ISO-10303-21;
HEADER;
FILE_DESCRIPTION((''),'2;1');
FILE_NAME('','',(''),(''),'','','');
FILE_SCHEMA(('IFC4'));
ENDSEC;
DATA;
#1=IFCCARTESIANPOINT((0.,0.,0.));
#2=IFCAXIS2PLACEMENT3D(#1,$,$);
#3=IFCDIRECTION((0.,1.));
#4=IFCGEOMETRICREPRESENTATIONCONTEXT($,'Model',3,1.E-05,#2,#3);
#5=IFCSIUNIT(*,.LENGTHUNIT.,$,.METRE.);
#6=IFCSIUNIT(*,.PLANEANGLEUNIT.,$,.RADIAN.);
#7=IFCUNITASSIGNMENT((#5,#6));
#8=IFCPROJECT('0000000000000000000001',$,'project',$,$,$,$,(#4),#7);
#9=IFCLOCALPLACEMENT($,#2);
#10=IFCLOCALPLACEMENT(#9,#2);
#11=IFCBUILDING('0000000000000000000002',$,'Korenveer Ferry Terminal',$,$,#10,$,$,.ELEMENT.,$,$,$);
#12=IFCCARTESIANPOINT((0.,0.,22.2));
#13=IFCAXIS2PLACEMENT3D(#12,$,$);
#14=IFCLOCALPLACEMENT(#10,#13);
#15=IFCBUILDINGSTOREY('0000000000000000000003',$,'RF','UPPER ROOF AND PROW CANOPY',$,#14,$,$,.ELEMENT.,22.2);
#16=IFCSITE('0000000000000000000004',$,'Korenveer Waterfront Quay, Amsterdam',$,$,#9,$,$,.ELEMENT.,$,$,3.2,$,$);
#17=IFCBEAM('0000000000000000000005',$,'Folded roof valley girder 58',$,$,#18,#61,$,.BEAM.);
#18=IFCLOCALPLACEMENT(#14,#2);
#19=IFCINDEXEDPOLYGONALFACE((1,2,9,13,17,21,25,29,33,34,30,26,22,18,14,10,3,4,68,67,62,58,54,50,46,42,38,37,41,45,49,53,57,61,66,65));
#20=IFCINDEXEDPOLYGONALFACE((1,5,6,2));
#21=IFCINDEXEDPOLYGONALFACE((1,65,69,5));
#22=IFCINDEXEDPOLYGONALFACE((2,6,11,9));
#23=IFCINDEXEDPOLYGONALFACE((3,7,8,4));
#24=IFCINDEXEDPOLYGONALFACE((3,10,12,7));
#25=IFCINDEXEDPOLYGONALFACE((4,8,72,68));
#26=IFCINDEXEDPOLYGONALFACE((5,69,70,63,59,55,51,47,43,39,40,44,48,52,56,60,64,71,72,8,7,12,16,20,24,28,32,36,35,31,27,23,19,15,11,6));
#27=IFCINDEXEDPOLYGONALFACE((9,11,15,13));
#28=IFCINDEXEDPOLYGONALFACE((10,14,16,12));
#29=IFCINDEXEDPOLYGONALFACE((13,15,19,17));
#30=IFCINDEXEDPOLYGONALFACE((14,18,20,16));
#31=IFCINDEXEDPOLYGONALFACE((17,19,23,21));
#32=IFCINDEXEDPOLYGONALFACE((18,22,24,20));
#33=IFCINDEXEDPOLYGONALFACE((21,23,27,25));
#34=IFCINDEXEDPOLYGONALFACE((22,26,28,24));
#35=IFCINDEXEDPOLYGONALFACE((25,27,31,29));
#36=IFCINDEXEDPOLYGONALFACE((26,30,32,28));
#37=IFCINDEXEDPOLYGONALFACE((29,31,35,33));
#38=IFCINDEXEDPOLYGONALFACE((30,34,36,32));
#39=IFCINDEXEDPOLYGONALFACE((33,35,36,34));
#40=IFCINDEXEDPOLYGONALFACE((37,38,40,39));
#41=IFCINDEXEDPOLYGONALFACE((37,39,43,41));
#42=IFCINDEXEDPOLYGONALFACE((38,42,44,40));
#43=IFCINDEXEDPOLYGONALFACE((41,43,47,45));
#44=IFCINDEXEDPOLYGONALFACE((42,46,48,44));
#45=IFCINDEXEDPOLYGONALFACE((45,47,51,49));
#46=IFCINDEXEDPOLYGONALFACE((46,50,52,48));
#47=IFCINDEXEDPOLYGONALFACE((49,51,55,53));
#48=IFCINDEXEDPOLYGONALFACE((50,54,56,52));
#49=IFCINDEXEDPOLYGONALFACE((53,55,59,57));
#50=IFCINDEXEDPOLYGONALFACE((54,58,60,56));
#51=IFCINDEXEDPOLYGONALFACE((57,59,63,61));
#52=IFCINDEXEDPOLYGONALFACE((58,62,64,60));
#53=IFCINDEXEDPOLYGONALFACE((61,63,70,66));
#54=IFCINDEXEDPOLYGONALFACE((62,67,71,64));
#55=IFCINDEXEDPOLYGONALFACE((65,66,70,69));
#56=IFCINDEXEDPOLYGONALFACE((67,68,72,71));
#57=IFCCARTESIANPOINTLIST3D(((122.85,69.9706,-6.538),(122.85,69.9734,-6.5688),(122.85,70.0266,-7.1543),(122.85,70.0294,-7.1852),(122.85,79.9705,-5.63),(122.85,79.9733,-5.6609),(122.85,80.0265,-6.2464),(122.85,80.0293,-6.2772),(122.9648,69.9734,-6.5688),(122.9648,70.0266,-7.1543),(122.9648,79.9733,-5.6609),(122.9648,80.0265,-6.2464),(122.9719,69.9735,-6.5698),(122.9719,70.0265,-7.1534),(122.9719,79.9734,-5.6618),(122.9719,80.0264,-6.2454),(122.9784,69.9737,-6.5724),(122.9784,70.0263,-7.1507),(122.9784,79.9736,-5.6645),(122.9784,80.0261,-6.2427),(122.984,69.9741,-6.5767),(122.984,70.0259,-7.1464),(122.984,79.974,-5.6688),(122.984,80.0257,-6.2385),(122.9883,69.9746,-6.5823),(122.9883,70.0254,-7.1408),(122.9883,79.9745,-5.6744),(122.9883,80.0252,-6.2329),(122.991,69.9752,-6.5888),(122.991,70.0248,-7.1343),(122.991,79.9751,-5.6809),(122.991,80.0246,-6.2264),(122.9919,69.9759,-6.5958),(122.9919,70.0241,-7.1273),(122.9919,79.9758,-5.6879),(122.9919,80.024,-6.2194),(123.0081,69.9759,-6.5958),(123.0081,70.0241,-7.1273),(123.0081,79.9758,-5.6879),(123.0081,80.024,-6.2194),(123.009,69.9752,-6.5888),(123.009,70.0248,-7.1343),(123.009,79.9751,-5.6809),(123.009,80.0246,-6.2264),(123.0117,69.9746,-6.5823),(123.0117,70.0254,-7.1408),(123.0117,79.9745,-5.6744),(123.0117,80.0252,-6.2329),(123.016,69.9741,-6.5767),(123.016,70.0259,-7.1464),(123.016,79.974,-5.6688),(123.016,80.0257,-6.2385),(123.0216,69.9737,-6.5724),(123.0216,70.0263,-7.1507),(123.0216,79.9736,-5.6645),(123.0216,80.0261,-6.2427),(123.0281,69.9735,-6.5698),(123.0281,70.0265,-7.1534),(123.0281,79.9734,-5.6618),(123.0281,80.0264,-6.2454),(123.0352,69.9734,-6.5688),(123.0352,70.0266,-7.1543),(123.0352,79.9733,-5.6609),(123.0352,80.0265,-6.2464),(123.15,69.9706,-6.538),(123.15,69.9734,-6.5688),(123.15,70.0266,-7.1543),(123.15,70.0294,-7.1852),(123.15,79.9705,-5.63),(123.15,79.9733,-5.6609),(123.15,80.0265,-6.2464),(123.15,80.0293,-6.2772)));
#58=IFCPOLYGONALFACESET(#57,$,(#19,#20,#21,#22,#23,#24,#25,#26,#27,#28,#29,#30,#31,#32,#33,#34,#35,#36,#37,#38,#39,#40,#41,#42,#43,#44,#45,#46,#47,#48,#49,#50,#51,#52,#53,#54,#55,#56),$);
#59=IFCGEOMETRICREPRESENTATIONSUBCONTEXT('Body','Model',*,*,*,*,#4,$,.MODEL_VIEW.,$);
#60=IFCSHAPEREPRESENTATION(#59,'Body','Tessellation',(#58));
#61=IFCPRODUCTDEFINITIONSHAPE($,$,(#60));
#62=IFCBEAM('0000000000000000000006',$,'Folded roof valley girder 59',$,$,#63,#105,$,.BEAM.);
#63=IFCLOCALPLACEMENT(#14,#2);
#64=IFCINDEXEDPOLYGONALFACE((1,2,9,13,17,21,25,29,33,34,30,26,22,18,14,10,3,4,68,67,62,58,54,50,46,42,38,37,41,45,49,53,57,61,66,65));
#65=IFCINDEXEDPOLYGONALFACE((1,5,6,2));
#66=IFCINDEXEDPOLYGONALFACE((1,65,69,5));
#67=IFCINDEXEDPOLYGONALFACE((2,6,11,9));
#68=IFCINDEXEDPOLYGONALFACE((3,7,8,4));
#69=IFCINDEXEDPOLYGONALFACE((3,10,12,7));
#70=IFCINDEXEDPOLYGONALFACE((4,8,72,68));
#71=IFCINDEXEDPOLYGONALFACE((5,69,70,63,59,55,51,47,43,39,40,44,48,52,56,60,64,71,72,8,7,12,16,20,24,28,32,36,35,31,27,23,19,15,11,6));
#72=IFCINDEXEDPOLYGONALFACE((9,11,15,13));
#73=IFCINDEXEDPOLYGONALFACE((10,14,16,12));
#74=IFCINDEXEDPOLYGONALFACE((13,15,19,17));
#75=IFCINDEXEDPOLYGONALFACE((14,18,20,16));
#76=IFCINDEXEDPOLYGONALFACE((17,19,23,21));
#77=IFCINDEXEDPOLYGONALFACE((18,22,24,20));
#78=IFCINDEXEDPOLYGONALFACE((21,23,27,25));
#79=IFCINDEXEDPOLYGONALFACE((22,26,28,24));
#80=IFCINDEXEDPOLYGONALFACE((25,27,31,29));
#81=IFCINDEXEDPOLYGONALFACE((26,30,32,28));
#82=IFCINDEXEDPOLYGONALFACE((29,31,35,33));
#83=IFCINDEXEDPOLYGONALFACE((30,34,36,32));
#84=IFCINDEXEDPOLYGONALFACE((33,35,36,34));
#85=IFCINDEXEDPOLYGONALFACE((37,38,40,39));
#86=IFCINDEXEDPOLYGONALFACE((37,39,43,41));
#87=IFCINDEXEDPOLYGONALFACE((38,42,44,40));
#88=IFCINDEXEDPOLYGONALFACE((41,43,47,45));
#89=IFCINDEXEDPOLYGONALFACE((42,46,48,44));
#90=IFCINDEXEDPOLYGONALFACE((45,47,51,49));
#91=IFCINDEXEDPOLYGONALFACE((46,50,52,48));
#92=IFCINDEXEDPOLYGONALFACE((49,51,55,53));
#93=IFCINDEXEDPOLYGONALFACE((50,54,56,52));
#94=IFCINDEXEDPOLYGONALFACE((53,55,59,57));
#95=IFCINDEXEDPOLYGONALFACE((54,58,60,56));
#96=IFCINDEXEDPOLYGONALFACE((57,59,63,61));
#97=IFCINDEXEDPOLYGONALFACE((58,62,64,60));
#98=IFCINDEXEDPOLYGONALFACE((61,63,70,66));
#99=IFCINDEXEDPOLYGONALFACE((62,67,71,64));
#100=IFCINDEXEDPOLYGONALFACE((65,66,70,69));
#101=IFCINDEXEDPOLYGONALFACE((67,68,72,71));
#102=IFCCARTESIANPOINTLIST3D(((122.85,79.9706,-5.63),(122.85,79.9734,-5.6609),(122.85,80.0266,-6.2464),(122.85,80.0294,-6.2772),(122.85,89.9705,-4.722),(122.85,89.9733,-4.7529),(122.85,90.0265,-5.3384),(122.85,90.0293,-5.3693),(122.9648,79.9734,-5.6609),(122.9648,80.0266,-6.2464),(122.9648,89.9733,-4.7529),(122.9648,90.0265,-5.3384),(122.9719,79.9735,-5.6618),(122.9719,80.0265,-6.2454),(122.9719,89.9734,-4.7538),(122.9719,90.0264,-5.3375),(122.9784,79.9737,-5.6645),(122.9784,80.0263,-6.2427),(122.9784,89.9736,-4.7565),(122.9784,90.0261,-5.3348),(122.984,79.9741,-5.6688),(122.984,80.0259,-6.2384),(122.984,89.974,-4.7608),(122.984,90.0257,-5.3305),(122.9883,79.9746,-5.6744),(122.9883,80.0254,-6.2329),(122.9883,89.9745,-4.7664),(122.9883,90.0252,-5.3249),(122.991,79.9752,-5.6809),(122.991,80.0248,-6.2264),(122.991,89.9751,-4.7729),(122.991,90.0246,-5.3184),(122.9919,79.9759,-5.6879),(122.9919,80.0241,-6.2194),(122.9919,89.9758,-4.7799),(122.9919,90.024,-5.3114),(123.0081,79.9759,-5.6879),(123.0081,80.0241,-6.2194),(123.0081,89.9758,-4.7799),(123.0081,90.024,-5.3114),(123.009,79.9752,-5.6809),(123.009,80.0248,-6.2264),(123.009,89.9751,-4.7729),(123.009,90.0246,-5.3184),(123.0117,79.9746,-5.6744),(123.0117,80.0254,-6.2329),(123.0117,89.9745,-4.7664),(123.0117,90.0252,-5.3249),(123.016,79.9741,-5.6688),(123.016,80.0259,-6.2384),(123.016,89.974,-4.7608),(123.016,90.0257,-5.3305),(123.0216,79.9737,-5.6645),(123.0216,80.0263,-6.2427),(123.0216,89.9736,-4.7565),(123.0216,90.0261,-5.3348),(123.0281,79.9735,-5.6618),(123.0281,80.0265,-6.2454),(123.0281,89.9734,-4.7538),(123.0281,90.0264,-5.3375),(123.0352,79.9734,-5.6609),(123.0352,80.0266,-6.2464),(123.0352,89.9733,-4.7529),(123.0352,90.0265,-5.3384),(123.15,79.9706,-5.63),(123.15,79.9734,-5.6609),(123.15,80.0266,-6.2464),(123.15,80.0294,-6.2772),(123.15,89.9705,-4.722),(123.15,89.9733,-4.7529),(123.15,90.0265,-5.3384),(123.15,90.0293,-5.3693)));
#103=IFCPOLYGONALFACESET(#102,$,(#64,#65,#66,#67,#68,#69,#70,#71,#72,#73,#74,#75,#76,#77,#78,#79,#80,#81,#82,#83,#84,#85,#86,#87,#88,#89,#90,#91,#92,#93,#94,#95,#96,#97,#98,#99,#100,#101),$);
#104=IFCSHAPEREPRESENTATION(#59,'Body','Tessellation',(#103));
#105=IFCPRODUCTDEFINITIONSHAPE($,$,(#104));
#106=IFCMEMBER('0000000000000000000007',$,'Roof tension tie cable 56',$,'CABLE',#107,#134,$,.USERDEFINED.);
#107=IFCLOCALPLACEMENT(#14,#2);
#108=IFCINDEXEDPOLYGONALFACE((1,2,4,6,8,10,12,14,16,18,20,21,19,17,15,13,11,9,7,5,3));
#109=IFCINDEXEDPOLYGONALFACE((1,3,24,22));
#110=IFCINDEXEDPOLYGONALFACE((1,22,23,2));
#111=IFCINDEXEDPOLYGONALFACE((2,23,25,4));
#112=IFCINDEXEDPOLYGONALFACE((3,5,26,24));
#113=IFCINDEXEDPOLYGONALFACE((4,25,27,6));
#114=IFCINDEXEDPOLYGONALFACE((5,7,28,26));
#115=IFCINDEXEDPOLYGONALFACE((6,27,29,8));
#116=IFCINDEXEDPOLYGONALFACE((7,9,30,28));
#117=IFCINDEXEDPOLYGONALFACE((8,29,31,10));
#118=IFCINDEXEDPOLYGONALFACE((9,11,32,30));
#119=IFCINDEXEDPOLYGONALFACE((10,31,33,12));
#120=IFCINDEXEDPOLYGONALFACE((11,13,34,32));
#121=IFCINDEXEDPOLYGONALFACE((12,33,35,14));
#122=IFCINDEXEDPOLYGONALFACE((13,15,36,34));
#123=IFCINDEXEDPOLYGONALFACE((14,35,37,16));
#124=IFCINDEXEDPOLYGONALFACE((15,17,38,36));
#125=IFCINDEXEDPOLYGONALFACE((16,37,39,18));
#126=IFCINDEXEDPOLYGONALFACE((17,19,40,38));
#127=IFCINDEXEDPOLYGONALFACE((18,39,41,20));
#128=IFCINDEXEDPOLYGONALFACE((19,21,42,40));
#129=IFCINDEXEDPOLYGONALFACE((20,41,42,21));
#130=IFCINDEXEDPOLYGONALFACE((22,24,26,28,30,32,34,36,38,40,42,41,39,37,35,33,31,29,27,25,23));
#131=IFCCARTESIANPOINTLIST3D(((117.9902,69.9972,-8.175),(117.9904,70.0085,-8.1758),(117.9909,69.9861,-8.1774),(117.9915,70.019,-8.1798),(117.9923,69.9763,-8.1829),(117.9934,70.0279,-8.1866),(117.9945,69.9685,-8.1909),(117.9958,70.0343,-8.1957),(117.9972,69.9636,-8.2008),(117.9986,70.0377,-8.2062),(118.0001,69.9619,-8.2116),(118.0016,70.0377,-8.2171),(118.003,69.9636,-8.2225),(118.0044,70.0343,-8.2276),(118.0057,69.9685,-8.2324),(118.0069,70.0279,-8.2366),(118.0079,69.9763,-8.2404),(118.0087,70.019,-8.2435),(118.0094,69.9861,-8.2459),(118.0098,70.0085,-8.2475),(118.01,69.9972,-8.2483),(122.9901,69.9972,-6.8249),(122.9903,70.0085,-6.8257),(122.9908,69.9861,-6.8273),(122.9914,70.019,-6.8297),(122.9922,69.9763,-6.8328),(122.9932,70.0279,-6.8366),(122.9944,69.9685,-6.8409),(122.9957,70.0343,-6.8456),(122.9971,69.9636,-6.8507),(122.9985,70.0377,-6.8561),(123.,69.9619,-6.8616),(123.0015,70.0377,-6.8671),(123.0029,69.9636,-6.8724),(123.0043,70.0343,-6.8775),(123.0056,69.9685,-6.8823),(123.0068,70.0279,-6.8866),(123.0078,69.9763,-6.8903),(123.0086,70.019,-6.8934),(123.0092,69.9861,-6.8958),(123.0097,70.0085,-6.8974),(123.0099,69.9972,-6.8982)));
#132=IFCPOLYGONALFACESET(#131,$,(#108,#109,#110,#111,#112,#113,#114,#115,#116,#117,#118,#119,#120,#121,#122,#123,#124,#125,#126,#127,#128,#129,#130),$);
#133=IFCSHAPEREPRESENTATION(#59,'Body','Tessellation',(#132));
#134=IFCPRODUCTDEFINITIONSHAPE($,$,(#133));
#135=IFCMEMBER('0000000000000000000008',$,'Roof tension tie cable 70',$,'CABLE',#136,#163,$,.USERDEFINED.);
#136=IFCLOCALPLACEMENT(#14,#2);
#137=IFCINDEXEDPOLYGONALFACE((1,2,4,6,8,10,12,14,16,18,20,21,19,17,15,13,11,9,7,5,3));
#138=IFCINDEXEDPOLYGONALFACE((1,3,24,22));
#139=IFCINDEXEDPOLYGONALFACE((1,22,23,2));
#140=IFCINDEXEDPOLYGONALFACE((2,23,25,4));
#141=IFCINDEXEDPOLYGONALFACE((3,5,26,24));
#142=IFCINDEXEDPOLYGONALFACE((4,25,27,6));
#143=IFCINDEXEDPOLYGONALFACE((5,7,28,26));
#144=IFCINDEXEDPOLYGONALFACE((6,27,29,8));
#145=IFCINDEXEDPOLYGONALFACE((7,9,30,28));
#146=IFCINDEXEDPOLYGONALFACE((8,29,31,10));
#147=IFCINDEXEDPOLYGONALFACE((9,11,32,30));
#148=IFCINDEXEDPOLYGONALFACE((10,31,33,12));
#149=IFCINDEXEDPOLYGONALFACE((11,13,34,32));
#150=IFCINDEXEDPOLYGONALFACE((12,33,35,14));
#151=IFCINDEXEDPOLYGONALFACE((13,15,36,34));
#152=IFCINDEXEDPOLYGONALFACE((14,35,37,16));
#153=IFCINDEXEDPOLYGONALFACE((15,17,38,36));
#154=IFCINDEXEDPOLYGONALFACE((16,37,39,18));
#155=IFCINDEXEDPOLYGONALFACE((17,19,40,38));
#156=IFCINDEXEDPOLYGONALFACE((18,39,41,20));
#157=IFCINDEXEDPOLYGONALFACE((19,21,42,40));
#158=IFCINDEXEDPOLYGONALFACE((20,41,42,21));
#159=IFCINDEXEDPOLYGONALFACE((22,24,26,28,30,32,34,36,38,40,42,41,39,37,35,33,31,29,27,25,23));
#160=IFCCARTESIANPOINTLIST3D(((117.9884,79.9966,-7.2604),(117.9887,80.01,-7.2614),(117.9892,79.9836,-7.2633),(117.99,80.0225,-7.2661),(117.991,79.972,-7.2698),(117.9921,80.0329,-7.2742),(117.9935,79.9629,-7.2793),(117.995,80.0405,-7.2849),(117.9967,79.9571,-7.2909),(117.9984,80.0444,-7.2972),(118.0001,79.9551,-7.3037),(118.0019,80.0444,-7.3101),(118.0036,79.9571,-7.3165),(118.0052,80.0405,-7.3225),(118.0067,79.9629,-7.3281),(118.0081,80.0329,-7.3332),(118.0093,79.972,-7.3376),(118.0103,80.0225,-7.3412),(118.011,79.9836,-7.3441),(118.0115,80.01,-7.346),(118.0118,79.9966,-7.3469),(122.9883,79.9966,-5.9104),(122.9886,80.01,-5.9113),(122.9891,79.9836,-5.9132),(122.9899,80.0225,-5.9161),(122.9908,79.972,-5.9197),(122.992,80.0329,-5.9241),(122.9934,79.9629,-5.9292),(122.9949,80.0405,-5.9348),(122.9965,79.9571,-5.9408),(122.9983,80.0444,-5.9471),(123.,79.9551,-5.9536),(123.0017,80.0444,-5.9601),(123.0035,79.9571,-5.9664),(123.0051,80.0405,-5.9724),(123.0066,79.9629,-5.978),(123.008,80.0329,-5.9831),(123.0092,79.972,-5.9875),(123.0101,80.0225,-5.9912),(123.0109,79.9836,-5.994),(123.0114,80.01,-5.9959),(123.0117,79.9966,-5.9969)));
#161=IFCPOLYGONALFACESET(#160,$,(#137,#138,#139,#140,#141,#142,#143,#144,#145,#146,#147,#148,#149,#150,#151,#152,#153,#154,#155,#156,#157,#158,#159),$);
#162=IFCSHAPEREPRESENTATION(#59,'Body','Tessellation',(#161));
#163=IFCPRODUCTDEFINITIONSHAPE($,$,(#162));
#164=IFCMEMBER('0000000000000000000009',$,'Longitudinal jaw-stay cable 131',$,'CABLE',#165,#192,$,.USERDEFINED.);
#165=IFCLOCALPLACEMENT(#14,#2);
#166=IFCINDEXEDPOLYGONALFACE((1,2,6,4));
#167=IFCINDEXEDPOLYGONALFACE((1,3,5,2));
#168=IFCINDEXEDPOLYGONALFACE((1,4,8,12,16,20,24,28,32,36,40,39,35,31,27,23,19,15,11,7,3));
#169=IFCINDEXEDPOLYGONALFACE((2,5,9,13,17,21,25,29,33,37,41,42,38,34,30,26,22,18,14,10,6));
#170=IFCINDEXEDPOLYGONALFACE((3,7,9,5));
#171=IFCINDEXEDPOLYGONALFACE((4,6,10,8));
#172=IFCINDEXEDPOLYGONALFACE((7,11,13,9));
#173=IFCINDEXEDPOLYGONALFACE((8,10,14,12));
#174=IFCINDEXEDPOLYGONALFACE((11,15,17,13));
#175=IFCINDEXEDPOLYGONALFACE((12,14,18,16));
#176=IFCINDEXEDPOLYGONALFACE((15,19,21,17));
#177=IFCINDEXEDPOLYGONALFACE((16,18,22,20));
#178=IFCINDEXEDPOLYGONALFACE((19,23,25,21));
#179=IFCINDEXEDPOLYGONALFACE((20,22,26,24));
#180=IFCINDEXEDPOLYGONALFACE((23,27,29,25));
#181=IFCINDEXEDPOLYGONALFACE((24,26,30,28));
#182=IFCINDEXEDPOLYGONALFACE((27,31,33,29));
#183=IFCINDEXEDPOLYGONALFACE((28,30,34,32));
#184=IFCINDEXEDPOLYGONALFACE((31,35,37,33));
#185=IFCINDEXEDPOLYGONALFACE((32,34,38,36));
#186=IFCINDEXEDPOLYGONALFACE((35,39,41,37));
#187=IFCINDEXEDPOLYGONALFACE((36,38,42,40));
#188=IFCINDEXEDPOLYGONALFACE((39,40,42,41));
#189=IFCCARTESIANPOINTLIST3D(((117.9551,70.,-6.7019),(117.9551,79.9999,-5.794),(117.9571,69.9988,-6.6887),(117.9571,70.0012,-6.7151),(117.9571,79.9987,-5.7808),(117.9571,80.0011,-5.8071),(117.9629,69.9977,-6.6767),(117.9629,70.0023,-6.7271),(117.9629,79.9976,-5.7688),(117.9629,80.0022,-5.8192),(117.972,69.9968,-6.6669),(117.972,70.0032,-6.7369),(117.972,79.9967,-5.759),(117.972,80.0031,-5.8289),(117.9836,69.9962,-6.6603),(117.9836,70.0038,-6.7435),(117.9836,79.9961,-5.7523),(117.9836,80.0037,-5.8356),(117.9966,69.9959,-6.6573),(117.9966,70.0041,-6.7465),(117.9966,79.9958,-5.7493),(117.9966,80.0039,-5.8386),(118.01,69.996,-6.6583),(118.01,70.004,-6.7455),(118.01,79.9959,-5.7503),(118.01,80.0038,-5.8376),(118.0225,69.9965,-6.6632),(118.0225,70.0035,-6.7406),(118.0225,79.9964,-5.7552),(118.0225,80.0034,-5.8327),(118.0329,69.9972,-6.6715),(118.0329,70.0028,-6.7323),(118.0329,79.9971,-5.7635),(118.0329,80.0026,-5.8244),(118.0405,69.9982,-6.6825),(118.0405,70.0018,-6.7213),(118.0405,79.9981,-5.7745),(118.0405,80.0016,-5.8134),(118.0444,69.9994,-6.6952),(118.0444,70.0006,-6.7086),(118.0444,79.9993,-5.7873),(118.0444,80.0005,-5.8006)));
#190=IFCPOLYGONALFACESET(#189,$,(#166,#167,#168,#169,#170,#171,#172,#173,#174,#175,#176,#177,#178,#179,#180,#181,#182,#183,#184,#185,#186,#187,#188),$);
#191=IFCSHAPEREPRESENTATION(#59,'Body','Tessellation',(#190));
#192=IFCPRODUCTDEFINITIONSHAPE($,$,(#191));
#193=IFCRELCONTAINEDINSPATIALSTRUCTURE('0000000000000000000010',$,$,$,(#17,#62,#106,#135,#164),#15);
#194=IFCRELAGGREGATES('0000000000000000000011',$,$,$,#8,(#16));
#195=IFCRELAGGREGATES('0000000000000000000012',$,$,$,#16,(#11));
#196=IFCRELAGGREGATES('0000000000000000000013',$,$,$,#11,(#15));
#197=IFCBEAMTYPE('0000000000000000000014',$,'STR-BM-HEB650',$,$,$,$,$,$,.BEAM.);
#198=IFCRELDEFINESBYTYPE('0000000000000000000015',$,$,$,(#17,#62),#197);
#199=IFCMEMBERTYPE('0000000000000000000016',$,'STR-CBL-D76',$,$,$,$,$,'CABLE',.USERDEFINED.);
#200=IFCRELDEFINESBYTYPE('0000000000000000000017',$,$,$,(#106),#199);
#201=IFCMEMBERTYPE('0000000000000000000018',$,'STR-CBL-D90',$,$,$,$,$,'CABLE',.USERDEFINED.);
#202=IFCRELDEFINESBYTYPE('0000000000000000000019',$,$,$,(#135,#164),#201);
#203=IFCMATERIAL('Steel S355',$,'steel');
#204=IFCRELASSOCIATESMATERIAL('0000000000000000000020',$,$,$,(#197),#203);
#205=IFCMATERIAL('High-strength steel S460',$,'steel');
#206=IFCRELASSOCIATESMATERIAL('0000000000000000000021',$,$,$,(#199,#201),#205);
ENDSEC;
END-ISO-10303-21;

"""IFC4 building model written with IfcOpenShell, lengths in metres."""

from ifc_helpers import new_model, si_unit, direction, frame, origin, origin_2d, place, context, subcontext, project, spatial, circle, i_section, extrude, material, material_profile, profile_set, type_object, element, save


model = new_model("IFC4")

# Units and contexts
model_context = context("Model", 3, precision=1e-05, world=origin(), true_north=direction((0.0, 1.0)))
body_context = subcontext(model_context, "Body", "Model", "MODEL_VIEW")
ifc_project = project(units=[si_unit("LENGTHUNIT", "METRE"), si_unit("PLANEANGLEUNIT", "RADIAN")], contexts=[model_context])

# Site, building, storey
site_placement = place(None, origin())
site = spatial("IfcSite", under=ifc_project, at=site_placement, Name="Korenveer Waterfront Quay, Amsterdam", CompositionType="ELEMENT", RefElevation=3.2)
building_placement = place(site_placement, origin())
building = spatial("IfcBuilding", under=site, at=building_placement, Name="Korenveer Ferry Terminal", CompositionType="ELEMENT")
storey_placement = place(building_placement, frame((0.0, 0.0, 22.2)))
storey = spatial("IfcBuildingStorey", under=building, at=storey_placement, Name="RF", Description="UPPER ROOF AND PROW CANOPY", CompositionType="ELEMENT", Elevation=22.2)

# Beams
ifc_material_1 = material(Name="Steel S355", Category="steel")
ifc_material_profile_1 = material_profile(ifc_material_1, i_section(OverallWidth=0.3, OverallDepth=0.6499, WebThickness=0.0161, FlangeThickness=0.031, FilletRadius=0.0271, at=origin_2d()), Name="HEB 650")
ifc_profile_set_1 = profile_set([ifc_material_profile_1], Name="Steel S355")
beam_type_1 = type_object("IfcBeamType", Name="STR-BM-HEB650", PredefinedType="BEAM", material=ifc_profile_set_1)
for number, where, z_axis, x_axis, name in (
    (1, (123.0, 70.0, -6.8616), (0.0, 0.995903, 0.090424), (-1.0, 0.0, 0.0), "Folded roof valley girder 58"),
    (2, (123.0, 80.0, -5.9536), (0.0, 0.995903, 0.090424), (-1.0, 0.0, 0.0), "Folded roof valley girder 59"),
):
    element("IfcBeam", number, at=place(storey_placement, frame(where, z_axis=z_axis, x_axis=x_axis)), inside=storey, type_object=beam_type_1, Name=name, PredefinedType="BEAM", context=body_context, shape_type="SweptSolid", body=[
        extrude(i_section(OverallWidth=0.3, OverallDepth=0.6499, WebThickness=0.0161, FlangeThickness=0.031, FilletRadius=0.0271, at=origin_2d()), origin(), (0.0, 0.0, 1.0), 10.041),
    ])

# Members
ifc_material_2 = material(Name="High-strength steel S460", Category="steel")
ifc_material_profile_2 = material_profile(ifc_material_2, circle(Radius=0.0381, at=origin_2d()), Name="ROD D76")
ifc_profile_set_2 = profile_set([ifc_material_profile_2], Name="High-strength steel S460")
member_type_1 = type_object("IfcMemberType", Name="STR-CBL-D76", ElementType="CABLE", PredefinedType="USERDEFINED", material=ifc_profile_set_2)
member_1_placement = place(storey_placement, frame((123.0, 70.0, -6.8616), z_axis=(-0.965424, 0.0, -0.260683), x_axis=(0.0, -1.0, 0.0)))
element("IfcMember", 3, at=member_1_placement, inside=storey, type_object=member_type_1, Name="Roof tension tie cable 56", ObjectType="CABLE", PredefinedType="USERDEFINED", context=body_context, shape_type="SweptSolid", body=[
    extrude(circle(Radius=0.0381, at=origin_2d()), origin(), (0.0, 0.0, 1.0), 5.179),
])
ifc_material_profile_3 = material_profile(ifc_material_2, circle(Radius=0.0449, at=origin_2d()), Name="ROD D90")
ifc_profile_set_3 = profile_set([ifc_material_profile_3], Name="High-strength steel S460")
member_type_2 = type_object("IfcMemberType", Name="STR-CBL-D90", ElementType="CABLE", PredefinedType="USERDEFINED", material=ifc_profile_set_3)
member_2_placement = place(storey_placement, frame((123.0, 80.0, -5.9536), z_axis=(-0.965424, 0.0, -0.260683), x_axis=(0.0, -1.0, 0.0)))
element("IfcMember", 4, at=member_2_placement, inside=storey, type_object=member_type_2, Name="Roof tension tie cable 70", ObjectType="CABLE", PredefinedType="USERDEFINED", context=body_context, shape_type="SweptSolid", body=[
    extrude(circle(Radius=0.0449, at=origin_2d()), origin(), (0.0, 0.0, 1.0), 5.179),
])
for number, where, z_axis, x_axis, name in (
    (5, (118.0, 70.0, -6.7019), (0.0, 0.995903, 0.090424), (-1.0, 0.0, 0.0), "Longitudinal jaw-stay cable 131"),
):
    element("IfcMember", number, at=place(storey_placement, frame(where, z_axis=z_axis, x_axis=x_axis)), inside=storey, type_object=member_type_2, Name=name, ObjectType="CABLE", PredefinedType="USERDEFINED", context=body_context, shape_type="SweptSolid", body=[
        extrude(circle(Radius=0.0449, at=origin_2d()), origin(), (0.0, 0.0, 1.0), 10.041),
    ])

save(model, "model.ifc")
